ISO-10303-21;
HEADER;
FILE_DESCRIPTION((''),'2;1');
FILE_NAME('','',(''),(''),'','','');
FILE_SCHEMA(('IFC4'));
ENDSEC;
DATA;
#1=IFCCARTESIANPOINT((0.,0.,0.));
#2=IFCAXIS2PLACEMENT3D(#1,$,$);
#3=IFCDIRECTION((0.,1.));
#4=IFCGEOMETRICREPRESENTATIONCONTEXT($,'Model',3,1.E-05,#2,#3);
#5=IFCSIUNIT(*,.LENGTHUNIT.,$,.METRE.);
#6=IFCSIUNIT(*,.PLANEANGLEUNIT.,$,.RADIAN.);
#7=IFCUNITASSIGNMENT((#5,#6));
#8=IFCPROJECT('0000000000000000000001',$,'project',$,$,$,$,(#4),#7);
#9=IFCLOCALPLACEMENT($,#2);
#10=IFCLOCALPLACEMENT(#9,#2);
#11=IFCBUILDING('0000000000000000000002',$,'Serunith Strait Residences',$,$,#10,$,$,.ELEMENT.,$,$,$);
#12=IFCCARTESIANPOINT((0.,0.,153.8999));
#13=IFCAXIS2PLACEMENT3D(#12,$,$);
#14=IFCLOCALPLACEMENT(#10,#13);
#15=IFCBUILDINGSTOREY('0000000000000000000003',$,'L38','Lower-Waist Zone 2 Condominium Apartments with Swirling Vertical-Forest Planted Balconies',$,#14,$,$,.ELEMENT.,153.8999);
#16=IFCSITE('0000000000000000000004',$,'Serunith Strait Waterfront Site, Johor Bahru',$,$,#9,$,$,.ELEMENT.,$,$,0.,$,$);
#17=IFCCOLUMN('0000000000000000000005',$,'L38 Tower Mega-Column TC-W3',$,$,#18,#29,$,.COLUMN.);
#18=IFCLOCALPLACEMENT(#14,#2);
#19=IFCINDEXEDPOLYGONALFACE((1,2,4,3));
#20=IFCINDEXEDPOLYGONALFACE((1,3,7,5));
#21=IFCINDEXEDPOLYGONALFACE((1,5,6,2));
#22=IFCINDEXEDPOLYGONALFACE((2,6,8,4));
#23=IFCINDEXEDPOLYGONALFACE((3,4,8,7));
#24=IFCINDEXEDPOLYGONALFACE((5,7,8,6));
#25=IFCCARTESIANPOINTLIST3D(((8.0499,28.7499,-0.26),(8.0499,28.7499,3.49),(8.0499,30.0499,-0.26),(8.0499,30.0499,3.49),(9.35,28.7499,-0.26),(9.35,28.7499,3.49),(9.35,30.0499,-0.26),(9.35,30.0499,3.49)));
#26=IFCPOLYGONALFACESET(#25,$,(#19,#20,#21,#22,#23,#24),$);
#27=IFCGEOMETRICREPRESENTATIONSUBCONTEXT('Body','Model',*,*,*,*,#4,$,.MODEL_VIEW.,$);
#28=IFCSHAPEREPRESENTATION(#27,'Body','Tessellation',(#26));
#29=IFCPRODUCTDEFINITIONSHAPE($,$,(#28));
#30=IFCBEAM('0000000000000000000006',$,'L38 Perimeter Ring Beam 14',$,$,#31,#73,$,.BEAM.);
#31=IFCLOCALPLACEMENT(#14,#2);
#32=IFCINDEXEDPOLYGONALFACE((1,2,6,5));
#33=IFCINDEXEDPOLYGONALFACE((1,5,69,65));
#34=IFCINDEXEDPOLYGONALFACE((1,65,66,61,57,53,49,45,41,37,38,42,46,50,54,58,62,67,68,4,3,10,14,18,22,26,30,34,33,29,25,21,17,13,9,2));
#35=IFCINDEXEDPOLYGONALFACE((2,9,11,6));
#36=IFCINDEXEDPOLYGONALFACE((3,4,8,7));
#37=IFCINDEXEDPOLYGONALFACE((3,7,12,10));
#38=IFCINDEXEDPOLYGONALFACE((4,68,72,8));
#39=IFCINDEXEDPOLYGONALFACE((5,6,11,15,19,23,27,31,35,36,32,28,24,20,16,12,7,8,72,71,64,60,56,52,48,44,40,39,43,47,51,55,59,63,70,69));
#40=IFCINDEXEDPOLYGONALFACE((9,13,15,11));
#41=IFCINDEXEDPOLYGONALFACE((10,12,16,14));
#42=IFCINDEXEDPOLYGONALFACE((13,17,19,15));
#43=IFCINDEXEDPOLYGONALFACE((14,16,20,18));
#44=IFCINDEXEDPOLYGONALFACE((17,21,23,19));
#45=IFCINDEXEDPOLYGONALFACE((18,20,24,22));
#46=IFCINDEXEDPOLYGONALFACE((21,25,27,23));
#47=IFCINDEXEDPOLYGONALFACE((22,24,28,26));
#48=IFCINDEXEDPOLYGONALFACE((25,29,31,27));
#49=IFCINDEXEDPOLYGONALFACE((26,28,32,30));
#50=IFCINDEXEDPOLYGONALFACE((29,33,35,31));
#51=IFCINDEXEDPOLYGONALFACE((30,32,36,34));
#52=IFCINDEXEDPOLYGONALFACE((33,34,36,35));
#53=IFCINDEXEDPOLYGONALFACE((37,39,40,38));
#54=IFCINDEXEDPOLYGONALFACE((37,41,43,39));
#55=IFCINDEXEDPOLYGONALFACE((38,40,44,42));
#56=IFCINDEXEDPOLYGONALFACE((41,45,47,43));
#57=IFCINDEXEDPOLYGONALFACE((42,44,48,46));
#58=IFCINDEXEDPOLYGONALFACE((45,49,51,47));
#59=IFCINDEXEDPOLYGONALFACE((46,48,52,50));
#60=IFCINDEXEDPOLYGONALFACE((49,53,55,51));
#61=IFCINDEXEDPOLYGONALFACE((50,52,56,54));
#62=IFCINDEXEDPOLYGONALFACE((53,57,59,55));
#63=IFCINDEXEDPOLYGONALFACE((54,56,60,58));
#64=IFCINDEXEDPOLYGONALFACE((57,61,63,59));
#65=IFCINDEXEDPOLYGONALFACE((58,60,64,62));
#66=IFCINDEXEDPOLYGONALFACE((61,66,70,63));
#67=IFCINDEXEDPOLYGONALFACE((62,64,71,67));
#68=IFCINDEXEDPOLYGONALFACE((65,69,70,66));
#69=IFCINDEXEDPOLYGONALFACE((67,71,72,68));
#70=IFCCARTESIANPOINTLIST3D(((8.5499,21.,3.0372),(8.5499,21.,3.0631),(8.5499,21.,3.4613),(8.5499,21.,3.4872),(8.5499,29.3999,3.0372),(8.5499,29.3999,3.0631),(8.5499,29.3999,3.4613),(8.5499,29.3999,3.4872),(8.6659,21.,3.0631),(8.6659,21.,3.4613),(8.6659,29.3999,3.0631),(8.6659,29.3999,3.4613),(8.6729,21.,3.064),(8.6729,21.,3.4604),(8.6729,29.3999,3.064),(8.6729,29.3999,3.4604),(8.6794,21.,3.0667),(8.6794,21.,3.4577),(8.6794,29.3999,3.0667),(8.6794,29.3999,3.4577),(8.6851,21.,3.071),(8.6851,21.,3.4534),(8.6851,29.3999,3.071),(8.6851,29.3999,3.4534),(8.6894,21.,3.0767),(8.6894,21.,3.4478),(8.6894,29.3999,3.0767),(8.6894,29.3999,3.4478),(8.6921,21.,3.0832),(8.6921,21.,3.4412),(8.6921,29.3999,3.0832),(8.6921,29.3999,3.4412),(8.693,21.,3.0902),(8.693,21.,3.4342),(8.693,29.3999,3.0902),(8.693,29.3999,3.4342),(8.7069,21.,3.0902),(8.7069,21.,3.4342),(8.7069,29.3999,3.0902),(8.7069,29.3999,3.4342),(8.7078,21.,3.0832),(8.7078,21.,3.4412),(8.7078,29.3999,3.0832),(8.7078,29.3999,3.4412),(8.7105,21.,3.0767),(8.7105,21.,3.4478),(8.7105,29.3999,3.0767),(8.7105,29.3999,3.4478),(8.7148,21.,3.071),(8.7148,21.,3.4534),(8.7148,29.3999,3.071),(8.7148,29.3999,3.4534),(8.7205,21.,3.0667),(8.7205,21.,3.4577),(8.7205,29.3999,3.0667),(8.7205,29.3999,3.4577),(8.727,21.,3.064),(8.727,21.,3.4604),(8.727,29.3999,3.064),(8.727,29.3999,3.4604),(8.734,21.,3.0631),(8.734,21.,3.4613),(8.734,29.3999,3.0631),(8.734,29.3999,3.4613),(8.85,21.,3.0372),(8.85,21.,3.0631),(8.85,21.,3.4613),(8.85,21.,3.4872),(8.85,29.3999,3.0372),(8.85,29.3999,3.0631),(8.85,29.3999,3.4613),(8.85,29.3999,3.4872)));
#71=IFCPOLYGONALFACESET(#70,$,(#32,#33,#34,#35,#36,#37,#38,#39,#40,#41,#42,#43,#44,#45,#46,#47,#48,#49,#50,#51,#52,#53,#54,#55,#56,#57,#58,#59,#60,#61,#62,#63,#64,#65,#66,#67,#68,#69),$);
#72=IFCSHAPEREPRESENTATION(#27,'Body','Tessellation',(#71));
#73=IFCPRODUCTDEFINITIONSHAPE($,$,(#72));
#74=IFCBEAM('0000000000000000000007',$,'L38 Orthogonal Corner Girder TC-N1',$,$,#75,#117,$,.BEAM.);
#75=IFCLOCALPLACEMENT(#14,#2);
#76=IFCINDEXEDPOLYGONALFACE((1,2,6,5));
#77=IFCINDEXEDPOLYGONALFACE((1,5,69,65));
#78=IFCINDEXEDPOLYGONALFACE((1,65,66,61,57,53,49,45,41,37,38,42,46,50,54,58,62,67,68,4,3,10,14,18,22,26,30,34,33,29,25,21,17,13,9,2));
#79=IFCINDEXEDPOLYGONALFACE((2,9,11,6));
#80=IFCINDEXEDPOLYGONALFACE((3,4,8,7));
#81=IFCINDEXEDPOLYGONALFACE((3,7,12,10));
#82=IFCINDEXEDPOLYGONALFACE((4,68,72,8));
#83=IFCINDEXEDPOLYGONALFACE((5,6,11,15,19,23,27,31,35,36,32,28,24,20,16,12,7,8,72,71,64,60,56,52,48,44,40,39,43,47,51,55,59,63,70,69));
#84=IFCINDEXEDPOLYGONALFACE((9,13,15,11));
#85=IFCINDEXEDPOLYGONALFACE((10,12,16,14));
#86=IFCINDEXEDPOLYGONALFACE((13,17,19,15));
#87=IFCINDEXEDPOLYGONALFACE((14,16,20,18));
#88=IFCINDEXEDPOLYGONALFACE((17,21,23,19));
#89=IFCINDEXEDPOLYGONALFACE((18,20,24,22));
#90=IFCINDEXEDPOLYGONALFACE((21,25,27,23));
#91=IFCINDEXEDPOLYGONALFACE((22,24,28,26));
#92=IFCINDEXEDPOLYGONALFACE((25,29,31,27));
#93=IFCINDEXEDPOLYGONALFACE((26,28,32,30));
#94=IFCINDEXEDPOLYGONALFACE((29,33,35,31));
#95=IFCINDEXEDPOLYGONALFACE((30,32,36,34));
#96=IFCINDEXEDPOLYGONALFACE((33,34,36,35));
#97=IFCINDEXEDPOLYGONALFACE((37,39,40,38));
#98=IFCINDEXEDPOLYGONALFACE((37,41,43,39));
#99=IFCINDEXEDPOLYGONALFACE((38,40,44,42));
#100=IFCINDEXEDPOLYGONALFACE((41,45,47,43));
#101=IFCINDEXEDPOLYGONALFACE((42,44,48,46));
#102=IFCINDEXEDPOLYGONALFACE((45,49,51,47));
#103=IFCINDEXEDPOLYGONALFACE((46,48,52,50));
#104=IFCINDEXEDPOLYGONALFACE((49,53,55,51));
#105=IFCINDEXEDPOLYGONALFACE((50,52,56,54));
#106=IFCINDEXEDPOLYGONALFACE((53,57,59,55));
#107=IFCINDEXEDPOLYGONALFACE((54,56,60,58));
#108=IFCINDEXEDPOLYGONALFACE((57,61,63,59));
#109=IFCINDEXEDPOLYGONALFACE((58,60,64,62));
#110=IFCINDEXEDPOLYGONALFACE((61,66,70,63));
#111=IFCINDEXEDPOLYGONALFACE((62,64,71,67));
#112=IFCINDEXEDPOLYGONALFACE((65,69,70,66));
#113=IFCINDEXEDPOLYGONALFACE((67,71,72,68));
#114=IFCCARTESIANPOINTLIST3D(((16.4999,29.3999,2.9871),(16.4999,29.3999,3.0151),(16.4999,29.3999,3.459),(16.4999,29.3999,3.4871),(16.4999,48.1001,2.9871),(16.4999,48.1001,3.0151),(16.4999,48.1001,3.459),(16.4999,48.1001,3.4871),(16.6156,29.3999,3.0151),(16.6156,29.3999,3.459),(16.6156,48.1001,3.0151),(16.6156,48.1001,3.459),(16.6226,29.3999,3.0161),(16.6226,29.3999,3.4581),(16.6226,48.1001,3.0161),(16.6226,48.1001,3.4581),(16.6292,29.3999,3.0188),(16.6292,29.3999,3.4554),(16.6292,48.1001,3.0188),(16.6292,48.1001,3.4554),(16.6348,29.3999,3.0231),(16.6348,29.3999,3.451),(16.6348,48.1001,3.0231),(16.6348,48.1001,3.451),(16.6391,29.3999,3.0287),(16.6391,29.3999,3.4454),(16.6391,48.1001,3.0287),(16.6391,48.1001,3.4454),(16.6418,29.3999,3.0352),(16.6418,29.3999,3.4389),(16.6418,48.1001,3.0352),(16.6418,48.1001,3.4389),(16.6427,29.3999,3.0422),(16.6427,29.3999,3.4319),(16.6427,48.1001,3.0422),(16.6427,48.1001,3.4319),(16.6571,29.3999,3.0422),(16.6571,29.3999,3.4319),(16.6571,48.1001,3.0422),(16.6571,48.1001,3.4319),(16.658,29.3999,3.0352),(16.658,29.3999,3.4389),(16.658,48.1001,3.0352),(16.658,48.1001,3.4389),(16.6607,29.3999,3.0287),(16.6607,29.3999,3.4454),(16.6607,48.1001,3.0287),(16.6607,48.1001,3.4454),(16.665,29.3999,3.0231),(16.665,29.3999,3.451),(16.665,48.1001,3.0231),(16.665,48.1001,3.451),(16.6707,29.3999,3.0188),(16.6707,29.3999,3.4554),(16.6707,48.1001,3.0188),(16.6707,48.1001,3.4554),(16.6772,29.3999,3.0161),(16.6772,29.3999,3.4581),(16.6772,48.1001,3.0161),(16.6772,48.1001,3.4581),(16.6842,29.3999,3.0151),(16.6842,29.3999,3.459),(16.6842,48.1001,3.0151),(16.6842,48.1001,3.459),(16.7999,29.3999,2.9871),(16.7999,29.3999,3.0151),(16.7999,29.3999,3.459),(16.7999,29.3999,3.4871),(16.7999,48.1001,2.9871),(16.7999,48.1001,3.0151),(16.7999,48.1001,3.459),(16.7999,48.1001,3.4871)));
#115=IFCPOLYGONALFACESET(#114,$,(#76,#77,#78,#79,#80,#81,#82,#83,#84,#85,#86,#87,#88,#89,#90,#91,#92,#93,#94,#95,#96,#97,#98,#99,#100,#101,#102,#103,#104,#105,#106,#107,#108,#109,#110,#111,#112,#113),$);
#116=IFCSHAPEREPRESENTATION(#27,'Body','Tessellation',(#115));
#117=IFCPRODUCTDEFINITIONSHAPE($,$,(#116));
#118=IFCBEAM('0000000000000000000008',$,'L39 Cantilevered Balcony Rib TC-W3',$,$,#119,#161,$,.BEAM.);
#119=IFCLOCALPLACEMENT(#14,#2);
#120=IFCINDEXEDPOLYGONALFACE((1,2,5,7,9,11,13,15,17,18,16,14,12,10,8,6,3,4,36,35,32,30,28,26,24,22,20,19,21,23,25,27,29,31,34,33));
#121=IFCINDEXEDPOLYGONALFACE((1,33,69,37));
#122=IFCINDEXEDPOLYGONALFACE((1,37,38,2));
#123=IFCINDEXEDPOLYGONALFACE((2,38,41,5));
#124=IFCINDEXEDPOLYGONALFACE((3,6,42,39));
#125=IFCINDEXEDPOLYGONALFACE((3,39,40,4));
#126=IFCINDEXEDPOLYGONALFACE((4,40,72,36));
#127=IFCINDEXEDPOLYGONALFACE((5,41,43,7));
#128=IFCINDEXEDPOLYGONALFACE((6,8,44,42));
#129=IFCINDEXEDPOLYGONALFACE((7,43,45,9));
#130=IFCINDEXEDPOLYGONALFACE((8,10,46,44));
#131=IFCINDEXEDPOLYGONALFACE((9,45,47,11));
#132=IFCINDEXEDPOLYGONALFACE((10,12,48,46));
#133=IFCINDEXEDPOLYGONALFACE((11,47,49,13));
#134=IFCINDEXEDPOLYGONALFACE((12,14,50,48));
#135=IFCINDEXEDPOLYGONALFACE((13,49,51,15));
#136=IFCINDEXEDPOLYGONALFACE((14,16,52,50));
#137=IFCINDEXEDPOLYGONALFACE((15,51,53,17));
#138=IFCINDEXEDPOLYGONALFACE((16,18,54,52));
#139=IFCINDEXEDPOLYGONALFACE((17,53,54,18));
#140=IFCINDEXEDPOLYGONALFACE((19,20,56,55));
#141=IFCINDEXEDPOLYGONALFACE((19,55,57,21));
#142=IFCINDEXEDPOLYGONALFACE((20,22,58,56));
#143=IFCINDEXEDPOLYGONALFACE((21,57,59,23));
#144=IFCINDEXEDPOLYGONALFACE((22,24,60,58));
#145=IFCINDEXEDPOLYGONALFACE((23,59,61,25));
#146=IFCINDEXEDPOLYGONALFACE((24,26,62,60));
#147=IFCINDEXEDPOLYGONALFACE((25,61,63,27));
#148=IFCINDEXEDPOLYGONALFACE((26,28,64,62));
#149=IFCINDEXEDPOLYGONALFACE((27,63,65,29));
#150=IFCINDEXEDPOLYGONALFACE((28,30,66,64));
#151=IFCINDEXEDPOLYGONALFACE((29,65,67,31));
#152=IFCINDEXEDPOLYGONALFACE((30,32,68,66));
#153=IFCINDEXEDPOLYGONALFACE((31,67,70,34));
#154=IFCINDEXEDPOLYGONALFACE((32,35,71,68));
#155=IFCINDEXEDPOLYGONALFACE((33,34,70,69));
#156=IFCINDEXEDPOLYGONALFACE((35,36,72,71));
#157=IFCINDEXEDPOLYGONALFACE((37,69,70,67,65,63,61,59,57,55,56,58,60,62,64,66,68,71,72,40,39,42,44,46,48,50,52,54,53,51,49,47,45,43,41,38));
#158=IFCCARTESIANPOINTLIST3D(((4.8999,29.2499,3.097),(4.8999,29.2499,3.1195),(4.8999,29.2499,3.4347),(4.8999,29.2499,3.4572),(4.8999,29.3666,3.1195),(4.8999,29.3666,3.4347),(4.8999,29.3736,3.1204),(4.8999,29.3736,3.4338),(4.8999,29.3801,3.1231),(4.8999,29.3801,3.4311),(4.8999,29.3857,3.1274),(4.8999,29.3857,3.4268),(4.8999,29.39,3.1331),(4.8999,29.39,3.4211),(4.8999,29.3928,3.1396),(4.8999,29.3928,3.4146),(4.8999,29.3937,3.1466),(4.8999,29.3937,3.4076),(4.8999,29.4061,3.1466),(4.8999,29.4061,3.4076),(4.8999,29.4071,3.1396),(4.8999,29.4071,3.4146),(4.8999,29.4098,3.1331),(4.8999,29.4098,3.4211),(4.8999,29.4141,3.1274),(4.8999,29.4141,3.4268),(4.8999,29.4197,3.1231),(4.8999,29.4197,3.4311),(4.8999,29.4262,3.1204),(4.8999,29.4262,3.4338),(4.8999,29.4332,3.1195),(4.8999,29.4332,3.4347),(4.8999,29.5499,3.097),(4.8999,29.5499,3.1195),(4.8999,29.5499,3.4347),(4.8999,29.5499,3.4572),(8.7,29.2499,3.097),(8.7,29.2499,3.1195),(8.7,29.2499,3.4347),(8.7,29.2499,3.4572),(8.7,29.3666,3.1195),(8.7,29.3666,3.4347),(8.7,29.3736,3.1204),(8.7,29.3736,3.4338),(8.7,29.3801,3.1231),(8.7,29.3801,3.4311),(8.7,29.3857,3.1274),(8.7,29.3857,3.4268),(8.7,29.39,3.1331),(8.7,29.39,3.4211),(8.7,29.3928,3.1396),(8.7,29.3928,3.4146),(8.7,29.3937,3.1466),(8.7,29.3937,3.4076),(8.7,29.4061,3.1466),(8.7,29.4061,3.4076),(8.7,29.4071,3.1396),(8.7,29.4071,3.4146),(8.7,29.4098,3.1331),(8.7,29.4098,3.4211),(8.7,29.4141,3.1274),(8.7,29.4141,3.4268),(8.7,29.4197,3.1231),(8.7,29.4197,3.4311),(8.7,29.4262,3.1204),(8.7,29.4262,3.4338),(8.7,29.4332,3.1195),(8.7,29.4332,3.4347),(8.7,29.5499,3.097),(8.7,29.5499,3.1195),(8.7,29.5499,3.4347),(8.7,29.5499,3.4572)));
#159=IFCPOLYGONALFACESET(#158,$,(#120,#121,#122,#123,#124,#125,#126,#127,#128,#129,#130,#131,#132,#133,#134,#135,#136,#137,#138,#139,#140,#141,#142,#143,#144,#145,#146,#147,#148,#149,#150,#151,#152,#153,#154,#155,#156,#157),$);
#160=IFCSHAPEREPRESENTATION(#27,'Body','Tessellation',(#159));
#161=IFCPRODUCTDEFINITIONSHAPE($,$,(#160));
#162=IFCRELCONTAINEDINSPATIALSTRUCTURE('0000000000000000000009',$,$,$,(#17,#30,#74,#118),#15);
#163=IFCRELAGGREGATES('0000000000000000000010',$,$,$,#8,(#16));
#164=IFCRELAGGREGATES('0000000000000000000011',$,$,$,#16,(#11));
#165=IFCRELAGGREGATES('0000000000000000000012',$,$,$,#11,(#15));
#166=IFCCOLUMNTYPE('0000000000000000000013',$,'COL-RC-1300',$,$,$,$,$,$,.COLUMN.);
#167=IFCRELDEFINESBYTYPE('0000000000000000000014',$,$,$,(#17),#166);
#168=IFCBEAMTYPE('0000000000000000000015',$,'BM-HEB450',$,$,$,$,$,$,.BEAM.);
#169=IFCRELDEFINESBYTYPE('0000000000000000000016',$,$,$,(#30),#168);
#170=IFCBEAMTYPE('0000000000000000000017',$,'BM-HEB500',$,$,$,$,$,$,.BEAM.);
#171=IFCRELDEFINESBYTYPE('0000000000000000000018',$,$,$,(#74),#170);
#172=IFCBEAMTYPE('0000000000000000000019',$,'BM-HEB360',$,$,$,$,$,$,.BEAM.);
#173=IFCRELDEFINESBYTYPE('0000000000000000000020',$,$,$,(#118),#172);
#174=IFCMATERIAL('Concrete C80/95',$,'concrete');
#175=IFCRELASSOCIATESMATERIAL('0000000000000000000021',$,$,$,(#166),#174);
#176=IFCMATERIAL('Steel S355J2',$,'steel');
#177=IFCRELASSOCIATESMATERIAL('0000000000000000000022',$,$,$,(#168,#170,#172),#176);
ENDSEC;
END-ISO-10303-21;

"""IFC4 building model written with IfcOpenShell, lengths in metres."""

from ifc_helpers import new_model, si_unit, direction, frame, origin, origin_2d, place, context, subcontext, project, spatial, rectangle, i_section, extrude, source, transform, mapped, material, material_profile, profile_set, type_object, element, save


model = new_model("IFC4")

# Units and contexts
model_context = context("Model", 3, precision=1e-05, world=origin(), true_north=direction((0.0, 1.0)))
body_context = subcontext(model_context, "Body", "Model", "MODEL_VIEW")
ifc_project = project(units=[si_unit("LENGTHUNIT", "METRE"), si_unit("PLANEANGLEUNIT", "RADIAN")], contexts=[model_context])

# Site, building, storey
site_placement = place(None, origin())
site = spatial("IfcSite", under=ifc_project, at=site_placement, Name="Serunith Strait Waterfront Site, Johor Bahru", CompositionType="ELEMENT", RefElevation=0.0)
building_placement = place(site_placement, origin())
building = spatial("IfcBuilding", under=site, at=building_placement, Name="Serunith Strait Residences", CompositionType="ELEMENT")
storey_placement = place(building_placement, frame((0.0, 0.0, 153.8999)))
storey = spatial("IfcBuildingStorey", under=building, at=storey_placement, Name="L38", Description="Lower-Waist Zone 2 Condominium Apartments with Swirling Vertical-Forest Planted Balconies", CompositionType="ELEMENT", Elevation=153.8999)

# Column
ifc_material_1 = material(Name="Concrete C80/95", Category="concrete")
ifc_material_profile_1 = material_profile(ifc_material_1, rectangle(XDim=1.3, YDim=1.3, at=origin_2d()), Name="RC 1300x1300")
ifc_profile_set_1 = profile_set([ifc_material_profile_1], Name="Concrete C80/95")
column_type = type_object("IfcColumnType", Name="COL-RC-1300", PredefinedType="COLUMN", material=ifc_profile_set_1)
shared_shape_1 = source(origin(), body_context, "Body", "SweptSolid", [
    extrude(rectangle(XDim=1.3, YDim=1.3, at=origin_2d()), origin(), (0.0, 0.0, 1.0), 3.75),
])
column_placement = place(storey_placement, frame((8.7, 29.3999, -0.26), z_axis=(0.0, 0.0, 1.0), x_axis=(1.0, 0.0, 0.0)))
element("IfcColumn", 1, at=column_placement, inside=storey, type_object=column_type, Name="L38 Tower Mega-Column TC-W3", PredefinedType="COLUMN", context=body_context, shape_type="MappedRepresentation", body=[
    mapped(shared_shape_1, transform((0.0, 0.0, 0.0), scale=1.0)),
])

# Beams
ifc_material_2 = material(Name="Steel S355J2", Category="steel")
ifc_material_profile_2 = material_profile(ifc_material_2, i_section(OverallWidth=0.3, OverallDepth=0.45, WebThickness=0.0139, FlangeThickness=0.0259, FilletRadius=0.0271, at=origin_2d()), Name="HEB 450")
ifc_profile_set_2 = profile_set([ifc_material_profile_2], Name="Steel S355J2")
beam_type_1 = type_object("IfcBeamType", Name="BM-HEB450", PredefinedType="BEAM", material=ifc_profile_set_2)
shared_shape_2 = source(origin(), body_context, "Body", "SweptSolid", [
    extrude(i_section(OverallWidth=0.3, OverallDepth=0.45, WebThickness=0.0139, FlangeThickness=0.0259, FilletRadius=0.0271, at=origin_2d()), origin(), (0.0, 0.0, 1.0), 8.3999),
])
beam_1_placement = place(storey_placement, frame((8.7, 29.3999, 3.2622), z_axis=(0.0, -1.0, 0.0), x_axis=(1.0, 0.0, 0.0)))
element("IfcBeam", 2, at=beam_1_placement, inside=storey, type_object=beam_type_1, Name="L38 Perimeter Ring Beam 14", PredefinedType="BEAM", context=body_context, shape_type="MappedRepresentation", body=[
    mapped(shared_shape_2, transform((0.0, 0.0, 0.0), scale=1.0)),
])
ifc_material_profile_3 = material_profile(ifc_material_2, i_section(OverallWidth=0.3, OverallDepth=0.5, WebThickness=0.0144, FlangeThickness=0.0281, FilletRadius=0.0271, at=origin_2d()), Name="HEB 500")
ifc_profile_set_3 = profile_set([ifc_material_profile_3], Name="Steel S355J2")
beam_type_2 = type_object("IfcBeamType", Name="BM-HEB500", PredefinedType="BEAM", material=ifc_profile_set_3)
shared_shape_3 = source(origin(), body_context, "Body", "SweptSolid", [
    extrude(i_section(OverallWidth=0.3, OverallDepth=0.5, WebThickness=0.0144, FlangeThickness=0.0281, FilletRadius=0.0271, at=origin_2d()), origin(), (0.0, 0.0, 1.0), 18.7002),
])
beam_2_placement = place(storey_placement, frame((16.6499, 29.3999, 3.2371), z_axis=(0.0, 1.0, 0.0), x_axis=(-1.0, 0.0, 0.0)))
element("IfcBeam", 3, at=beam_2_placement, inside=storey, type_object=beam_type_2, Name="L38 Orthogonal Corner Girder TC-N1", PredefinedType="BEAM", context=body_context, shape_type="MappedRepresentation", body=[
    mapped(shared_shape_3, transform((0.0, 0.0, 0.0), scale=1.0)),
])
ifc_material_profile_4 = material_profile(ifc_material_2, i_section(OverallWidth=0.3, OverallDepth=0.3601, WebThickness=0.0125, FlangeThickness=0.0225, FilletRadius=0.0271, at=origin_2d()), Name="HEB 360")
ifc_profile_set_4 = profile_set([ifc_material_profile_4], Name="Steel S355J2")
beam_type_3 = type_object("IfcBeamType", Name="BM-HEB360", PredefinedType="BEAM", material=ifc_profile_set_4)
shared_shape_4 = source(origin(), body_context, "Body", "SweptSolid", [
    extrude(i_section(OverallWidth=0.3, OverallDepth=0.3601, WebThickness=0.0125, FlangeThickness=0.0225, FilletRadius=0.0271, at=origin_2d()), origin(), (0.0, 0.0, 1.0), 3.8),
])
beam_3_placement = place(storey_placement, frame((8.7, 29.3999, 3.2771), z_axis=(-1.0, 0.0, 0.0), x_axis=(0.0, -1.0, 0.0)))
element("IfcBeam", 4, at=beam_3_placement, inside=storey, type_object=beam_type_3, Name="L39 Cantilevered Balcony Rib TC-W3", PredefinedType="BEAM", context=body_context, shape_type="MappedRepresentation", body=[
    mapped(shared_shape_4, transform((0.0, 0.0, 0.0), scale=1.0)),
])

save(model, "model.ifc")
